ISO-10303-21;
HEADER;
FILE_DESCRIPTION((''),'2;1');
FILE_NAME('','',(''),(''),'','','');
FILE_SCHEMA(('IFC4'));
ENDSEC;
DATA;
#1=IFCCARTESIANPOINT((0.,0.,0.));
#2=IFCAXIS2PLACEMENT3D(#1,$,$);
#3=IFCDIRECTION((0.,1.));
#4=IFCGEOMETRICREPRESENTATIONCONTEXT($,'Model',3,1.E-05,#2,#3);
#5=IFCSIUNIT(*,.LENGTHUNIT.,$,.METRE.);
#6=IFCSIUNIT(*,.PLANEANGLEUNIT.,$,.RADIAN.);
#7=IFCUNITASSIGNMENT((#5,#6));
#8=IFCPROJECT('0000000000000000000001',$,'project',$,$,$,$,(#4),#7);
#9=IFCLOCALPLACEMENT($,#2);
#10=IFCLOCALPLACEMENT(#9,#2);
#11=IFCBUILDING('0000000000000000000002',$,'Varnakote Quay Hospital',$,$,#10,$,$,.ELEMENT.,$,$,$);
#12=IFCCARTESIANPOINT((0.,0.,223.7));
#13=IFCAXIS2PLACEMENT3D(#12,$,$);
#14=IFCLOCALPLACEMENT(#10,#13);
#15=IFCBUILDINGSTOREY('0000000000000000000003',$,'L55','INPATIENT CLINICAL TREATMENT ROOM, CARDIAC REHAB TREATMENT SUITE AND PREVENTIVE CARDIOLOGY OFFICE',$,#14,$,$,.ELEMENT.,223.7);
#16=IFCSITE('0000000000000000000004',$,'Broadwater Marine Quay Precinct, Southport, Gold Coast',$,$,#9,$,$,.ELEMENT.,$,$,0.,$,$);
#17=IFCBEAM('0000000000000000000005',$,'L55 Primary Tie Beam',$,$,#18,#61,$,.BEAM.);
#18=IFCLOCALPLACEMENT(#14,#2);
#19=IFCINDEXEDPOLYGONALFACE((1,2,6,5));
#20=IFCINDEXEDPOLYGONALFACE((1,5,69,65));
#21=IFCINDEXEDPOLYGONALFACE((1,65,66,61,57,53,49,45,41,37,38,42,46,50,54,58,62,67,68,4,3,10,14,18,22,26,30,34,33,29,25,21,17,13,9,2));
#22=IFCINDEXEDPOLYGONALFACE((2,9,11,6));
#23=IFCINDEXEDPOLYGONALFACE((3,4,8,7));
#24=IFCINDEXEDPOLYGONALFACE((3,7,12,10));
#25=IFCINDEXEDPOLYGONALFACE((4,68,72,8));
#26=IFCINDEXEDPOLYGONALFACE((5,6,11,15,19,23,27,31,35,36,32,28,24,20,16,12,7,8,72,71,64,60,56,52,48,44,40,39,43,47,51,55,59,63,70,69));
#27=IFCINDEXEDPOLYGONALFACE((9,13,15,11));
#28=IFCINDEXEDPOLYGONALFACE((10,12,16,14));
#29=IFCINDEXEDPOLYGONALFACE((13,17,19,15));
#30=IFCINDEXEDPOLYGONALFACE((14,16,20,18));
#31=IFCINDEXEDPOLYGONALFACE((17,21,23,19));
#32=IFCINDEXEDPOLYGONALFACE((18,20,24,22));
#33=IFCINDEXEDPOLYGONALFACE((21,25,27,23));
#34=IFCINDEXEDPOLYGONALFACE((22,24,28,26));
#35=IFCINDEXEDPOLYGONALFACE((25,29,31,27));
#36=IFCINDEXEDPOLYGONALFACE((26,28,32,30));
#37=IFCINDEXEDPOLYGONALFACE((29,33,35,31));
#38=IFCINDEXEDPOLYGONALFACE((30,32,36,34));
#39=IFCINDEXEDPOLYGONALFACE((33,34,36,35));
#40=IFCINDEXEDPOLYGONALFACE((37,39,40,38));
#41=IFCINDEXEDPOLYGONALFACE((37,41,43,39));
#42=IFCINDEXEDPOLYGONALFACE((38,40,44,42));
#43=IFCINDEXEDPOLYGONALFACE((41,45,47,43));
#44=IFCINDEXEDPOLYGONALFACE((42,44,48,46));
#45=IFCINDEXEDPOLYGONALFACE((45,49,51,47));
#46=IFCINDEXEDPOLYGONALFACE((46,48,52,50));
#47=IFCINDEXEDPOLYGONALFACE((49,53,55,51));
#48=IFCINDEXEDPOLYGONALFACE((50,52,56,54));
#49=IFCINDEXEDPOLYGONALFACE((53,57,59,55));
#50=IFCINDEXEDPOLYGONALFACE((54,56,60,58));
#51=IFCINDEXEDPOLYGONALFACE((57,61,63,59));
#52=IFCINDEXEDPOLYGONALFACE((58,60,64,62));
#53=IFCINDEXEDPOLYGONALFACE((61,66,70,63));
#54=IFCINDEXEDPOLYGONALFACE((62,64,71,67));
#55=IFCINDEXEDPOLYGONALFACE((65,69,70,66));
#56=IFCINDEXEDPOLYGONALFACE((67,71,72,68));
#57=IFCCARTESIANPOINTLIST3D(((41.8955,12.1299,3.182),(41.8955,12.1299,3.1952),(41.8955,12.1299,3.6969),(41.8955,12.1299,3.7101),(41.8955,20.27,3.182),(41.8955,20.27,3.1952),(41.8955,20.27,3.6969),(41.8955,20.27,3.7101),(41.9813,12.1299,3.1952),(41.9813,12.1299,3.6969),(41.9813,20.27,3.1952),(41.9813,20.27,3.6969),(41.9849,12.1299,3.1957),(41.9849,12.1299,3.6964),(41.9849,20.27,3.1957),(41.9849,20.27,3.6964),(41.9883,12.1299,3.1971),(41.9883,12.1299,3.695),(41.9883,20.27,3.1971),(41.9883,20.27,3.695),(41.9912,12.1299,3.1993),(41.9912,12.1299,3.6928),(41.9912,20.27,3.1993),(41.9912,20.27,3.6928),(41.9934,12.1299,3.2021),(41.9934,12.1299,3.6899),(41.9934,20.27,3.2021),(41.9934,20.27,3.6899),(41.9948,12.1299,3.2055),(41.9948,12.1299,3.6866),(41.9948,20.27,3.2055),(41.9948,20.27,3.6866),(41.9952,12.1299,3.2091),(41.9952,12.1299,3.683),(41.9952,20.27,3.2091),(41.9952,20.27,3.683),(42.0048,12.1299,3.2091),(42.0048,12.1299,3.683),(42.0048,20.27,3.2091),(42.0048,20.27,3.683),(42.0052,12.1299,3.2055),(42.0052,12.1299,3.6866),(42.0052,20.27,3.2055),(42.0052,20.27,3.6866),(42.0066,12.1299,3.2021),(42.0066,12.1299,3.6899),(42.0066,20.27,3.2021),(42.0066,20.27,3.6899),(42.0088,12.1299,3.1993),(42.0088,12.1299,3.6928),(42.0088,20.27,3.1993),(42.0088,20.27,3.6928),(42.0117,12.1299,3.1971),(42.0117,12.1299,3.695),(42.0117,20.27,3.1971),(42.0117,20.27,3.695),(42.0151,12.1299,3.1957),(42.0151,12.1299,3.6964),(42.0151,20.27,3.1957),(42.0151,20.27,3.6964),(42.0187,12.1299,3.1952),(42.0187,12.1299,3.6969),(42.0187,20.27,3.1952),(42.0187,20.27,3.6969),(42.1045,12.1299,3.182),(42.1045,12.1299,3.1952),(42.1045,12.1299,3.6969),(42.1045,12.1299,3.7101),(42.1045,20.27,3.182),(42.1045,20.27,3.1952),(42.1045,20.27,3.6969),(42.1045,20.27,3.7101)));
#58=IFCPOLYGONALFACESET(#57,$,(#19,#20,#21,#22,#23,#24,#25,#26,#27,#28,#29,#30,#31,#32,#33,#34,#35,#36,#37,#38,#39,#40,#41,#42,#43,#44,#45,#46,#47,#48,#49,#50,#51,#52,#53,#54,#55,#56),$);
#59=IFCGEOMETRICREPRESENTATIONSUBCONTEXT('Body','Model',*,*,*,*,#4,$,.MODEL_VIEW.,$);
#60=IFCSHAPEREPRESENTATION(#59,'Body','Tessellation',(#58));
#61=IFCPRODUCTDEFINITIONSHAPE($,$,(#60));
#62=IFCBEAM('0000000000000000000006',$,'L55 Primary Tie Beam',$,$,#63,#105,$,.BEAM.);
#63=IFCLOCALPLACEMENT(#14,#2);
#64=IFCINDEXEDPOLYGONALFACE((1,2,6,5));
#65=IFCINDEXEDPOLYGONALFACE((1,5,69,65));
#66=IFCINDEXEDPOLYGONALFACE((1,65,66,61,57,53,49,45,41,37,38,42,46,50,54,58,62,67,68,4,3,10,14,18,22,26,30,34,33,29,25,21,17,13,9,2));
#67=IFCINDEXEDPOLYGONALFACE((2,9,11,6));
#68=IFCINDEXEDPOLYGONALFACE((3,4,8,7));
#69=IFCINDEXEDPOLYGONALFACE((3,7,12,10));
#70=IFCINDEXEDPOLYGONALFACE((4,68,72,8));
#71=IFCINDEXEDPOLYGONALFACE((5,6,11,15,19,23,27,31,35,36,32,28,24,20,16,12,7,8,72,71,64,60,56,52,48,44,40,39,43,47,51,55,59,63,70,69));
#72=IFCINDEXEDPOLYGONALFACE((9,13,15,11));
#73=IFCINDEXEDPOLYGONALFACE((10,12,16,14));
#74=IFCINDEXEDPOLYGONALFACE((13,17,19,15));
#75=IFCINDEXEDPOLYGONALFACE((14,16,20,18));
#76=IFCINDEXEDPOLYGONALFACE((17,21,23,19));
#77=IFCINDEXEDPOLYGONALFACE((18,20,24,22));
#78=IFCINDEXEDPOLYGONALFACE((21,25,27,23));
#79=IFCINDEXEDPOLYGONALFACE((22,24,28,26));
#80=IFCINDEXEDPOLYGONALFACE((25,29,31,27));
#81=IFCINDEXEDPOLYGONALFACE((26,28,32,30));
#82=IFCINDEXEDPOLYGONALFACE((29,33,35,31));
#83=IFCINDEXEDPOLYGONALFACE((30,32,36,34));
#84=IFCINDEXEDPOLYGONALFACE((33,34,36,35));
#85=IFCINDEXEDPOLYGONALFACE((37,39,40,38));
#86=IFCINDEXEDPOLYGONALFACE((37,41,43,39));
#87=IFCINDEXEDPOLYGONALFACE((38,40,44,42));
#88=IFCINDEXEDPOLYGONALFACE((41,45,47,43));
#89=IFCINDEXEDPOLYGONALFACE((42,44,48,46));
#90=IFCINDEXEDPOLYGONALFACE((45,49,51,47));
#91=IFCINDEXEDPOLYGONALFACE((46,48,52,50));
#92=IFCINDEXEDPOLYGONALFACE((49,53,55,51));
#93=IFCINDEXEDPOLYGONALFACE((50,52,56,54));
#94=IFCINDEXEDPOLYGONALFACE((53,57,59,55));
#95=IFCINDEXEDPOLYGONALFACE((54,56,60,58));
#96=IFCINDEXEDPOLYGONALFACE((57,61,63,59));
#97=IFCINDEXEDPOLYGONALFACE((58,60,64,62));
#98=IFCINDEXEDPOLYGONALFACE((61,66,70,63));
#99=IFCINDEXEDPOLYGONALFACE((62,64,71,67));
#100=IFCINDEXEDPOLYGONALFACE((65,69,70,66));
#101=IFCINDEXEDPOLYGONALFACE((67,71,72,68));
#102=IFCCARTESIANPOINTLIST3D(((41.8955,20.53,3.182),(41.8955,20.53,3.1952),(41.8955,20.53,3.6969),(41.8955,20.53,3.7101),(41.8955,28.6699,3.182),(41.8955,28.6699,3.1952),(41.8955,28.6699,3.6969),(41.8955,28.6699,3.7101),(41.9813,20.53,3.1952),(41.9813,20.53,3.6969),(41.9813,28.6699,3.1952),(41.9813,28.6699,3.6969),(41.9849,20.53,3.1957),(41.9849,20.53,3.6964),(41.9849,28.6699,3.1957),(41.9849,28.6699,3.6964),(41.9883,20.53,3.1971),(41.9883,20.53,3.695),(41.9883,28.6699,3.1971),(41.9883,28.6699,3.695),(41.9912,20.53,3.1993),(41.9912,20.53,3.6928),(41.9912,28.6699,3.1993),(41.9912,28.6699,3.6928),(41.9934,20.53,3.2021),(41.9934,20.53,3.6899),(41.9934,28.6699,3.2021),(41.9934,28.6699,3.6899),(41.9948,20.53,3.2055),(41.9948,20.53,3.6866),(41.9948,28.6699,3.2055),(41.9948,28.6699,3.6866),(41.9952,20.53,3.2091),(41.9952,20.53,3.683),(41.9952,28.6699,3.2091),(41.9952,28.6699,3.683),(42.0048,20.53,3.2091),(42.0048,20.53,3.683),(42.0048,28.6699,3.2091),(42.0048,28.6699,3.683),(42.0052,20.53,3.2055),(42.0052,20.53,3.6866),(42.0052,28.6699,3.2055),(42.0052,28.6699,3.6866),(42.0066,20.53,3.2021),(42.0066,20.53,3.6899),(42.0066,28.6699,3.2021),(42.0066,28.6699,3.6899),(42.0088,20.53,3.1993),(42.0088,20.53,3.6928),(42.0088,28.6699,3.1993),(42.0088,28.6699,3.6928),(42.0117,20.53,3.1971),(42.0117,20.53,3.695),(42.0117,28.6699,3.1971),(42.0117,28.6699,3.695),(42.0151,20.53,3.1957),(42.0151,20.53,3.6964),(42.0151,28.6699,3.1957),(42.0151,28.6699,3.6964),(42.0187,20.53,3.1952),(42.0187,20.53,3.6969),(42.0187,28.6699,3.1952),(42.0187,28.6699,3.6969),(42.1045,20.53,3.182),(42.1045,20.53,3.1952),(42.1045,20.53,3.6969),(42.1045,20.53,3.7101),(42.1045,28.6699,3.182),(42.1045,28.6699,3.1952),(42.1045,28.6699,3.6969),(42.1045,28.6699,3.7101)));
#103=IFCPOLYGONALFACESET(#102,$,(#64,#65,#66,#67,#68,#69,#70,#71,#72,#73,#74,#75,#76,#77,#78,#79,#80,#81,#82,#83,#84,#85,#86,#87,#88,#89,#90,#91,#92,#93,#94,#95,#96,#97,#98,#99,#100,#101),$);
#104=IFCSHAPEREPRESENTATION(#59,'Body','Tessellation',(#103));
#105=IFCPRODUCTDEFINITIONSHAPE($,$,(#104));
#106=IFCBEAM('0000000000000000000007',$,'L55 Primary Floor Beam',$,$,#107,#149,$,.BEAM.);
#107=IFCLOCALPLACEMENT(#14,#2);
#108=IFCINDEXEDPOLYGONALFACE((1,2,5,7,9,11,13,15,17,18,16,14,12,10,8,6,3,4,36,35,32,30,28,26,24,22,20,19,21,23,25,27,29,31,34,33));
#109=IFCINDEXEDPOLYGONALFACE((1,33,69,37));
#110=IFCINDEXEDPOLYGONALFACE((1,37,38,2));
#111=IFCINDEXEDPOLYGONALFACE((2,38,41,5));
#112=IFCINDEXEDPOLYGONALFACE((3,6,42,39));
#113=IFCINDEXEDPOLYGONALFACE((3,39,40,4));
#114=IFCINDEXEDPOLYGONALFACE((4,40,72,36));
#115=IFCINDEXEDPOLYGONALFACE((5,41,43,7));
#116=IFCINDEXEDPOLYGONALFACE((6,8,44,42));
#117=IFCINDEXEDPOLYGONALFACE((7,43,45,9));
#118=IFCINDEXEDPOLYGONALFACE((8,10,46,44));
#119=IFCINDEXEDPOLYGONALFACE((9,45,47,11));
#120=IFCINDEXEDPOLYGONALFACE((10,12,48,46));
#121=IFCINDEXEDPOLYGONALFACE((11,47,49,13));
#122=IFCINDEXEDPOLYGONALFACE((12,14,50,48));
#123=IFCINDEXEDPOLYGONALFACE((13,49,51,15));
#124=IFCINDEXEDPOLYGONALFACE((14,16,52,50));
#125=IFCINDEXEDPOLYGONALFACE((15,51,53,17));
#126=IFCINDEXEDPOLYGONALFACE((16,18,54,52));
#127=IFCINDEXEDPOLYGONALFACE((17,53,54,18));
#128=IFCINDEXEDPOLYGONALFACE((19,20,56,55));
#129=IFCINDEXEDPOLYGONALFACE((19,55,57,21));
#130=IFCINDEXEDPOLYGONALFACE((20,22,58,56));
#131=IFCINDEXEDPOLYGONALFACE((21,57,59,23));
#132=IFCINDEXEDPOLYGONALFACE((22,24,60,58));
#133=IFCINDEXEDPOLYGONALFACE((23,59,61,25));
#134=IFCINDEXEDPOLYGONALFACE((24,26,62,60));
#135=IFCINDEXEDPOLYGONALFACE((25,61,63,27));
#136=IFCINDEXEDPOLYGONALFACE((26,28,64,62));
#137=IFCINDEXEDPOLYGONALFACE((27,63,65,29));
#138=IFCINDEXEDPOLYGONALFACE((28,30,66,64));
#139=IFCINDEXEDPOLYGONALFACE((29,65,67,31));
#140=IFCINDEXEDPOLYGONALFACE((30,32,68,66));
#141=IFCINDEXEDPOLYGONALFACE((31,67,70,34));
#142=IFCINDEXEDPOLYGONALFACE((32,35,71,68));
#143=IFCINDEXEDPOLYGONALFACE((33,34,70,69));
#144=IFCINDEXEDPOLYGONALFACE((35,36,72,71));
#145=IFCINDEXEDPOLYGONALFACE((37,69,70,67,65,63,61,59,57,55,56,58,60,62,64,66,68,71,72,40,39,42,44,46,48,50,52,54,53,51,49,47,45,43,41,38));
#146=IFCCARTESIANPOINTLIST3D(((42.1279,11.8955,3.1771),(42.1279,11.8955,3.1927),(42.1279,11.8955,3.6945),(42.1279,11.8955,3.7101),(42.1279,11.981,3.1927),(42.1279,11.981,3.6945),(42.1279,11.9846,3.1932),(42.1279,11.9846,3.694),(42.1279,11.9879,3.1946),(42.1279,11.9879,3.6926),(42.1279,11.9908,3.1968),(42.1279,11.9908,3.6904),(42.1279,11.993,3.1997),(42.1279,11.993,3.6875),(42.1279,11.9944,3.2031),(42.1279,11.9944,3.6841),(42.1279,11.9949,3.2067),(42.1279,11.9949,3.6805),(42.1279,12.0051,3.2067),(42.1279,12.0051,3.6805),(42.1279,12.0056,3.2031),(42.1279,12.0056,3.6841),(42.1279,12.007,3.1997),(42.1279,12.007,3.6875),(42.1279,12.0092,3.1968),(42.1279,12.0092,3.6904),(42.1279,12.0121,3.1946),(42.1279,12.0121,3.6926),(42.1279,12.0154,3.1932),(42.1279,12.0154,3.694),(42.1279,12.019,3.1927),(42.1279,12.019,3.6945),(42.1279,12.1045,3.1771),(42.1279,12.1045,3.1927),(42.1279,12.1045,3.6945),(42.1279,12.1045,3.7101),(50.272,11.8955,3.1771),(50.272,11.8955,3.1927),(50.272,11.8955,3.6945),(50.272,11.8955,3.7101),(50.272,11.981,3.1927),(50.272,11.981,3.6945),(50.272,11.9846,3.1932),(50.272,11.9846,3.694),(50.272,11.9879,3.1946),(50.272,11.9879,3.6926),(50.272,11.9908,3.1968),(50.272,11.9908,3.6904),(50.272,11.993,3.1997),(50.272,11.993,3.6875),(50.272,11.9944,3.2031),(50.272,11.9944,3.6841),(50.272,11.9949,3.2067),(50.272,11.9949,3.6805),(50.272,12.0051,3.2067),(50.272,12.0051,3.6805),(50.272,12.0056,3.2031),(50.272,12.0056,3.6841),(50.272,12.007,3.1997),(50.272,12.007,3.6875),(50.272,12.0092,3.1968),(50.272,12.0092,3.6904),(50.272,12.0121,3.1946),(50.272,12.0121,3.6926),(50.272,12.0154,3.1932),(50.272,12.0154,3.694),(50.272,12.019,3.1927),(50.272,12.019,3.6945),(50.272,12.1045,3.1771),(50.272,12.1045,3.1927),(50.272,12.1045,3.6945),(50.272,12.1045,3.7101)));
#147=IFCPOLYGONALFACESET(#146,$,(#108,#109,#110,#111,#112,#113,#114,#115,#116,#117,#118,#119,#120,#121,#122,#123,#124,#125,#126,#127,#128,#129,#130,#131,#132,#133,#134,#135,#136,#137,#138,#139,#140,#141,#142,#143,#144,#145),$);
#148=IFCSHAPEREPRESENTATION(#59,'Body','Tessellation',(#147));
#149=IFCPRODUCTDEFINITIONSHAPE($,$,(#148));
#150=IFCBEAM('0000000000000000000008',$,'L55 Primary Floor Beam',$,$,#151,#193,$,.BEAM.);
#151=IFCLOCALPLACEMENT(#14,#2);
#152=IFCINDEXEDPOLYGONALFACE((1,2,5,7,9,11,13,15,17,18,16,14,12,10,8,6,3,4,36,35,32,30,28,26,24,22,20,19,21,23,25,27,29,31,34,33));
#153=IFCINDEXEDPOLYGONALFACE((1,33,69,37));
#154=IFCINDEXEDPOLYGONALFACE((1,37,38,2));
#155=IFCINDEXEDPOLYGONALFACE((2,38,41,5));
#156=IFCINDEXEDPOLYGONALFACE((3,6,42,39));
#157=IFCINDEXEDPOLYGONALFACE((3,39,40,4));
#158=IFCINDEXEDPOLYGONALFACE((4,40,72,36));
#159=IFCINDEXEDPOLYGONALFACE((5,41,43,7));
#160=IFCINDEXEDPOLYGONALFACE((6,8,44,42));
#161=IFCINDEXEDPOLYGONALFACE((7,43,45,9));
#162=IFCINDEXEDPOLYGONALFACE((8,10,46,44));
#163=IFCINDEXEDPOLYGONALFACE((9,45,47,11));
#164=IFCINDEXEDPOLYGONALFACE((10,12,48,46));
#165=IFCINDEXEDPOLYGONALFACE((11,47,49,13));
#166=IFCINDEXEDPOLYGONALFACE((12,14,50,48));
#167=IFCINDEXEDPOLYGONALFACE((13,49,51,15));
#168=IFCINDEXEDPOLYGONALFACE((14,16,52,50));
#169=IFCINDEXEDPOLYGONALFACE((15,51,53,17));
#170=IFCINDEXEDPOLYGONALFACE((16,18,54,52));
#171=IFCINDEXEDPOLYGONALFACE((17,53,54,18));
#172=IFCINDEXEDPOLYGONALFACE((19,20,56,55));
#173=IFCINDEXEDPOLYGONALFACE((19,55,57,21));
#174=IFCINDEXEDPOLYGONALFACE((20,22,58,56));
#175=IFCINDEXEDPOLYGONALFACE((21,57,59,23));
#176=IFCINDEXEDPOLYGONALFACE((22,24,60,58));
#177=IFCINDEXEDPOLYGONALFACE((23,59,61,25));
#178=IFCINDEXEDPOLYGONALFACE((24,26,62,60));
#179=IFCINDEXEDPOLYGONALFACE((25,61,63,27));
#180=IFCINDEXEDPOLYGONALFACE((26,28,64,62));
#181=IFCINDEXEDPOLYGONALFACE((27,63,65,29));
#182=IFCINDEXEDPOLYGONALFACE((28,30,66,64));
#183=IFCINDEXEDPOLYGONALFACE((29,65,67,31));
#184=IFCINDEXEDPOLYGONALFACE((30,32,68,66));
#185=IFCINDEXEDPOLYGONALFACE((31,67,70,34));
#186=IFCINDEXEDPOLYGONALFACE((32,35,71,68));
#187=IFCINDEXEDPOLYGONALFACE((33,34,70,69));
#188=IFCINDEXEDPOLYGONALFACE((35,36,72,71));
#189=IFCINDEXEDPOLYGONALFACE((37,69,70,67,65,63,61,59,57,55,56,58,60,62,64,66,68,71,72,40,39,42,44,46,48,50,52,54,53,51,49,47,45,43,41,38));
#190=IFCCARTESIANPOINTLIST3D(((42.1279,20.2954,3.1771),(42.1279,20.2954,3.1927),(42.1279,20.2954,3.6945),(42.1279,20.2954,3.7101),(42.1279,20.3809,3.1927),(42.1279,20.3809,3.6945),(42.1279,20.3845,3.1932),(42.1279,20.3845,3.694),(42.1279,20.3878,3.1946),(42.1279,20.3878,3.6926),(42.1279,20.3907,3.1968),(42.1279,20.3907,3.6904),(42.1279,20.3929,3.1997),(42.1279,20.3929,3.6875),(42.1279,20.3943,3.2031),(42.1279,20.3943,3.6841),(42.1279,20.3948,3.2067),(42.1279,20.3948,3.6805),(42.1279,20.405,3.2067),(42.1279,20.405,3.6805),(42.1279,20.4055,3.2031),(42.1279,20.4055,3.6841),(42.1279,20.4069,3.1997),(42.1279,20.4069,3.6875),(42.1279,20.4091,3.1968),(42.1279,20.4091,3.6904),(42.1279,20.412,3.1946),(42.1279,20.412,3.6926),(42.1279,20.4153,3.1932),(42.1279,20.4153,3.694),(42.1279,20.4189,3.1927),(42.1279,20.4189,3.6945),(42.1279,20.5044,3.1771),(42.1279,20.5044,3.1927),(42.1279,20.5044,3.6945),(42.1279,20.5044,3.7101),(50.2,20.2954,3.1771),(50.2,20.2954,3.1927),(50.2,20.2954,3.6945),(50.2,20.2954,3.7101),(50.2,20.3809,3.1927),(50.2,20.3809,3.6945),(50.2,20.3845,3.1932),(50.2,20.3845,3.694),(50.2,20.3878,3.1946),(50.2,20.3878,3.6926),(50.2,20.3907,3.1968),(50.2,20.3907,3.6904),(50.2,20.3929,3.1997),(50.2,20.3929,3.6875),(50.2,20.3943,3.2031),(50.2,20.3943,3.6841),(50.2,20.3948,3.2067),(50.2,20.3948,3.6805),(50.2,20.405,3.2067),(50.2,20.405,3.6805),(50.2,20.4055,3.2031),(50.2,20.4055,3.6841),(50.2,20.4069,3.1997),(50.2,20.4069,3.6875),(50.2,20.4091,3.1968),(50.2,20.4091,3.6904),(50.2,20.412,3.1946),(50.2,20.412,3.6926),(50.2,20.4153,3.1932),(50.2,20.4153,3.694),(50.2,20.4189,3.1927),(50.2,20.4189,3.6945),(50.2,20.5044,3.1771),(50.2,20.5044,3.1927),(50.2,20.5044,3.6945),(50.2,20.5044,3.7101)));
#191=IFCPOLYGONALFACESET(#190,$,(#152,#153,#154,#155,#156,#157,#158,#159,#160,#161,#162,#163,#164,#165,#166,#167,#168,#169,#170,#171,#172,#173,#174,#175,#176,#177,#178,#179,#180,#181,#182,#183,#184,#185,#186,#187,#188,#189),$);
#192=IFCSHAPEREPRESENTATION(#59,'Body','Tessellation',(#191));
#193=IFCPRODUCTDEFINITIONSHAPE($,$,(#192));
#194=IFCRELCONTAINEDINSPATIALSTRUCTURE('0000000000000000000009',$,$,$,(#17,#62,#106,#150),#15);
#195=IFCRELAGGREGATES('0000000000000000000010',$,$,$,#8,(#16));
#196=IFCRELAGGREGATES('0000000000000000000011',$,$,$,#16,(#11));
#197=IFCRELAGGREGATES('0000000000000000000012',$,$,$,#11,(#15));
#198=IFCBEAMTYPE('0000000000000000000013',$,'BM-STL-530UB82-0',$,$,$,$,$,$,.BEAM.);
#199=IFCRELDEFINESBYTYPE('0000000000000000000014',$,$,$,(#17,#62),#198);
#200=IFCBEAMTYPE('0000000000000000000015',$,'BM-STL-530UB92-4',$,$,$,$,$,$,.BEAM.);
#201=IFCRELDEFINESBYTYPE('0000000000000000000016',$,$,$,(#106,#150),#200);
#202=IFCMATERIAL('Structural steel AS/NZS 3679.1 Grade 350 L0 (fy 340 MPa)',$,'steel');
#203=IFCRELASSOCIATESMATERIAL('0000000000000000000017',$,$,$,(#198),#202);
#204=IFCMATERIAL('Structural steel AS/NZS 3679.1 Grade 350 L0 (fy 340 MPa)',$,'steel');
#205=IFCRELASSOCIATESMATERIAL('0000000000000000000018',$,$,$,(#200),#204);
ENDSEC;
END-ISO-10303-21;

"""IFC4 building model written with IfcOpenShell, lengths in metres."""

from ifc_helpers import new_model, si_unit, direction, frame, origin, origin_2d, place, context, subcontext, project, spatial, i_section, extrude, material, material_profile, profile_set, type_object, element, save


model = new_model("IFC4")

# Units and contexts
model_context = context("Model", 3, precision=1e-05, world=origin(), true_north=direction((0.0, 1.0)))
body_context = subcontext(model_context, "Body", "Model", "MODEL_VIEW")
ifc_project = project(units=[si_unit("LENGTHUNIT", "METRE"), si_unit("PLANEANGLEUNIT", "RADIAN")], contexts=[model_context])

# Site, building, storey
site_placement = place(None, origin())
site = spatial("IfcSite", under=ifc_project, at=site_placement, Name="Broadwater Marine Quay Precinct, Southport, Gold Coast", CompositionType="ELEMENT", RefElevation=0.0)
building_placement = place(site_placement, origin())
building = spatial("IfcBuilding", under=site, at=building_placement, Name="Varnakote Quay Hospital", CompositionType="ELEMENT")
storey_placement = place(building_placement, frame((0.0, 0.0, 223.7)))
storey = spatial("IfcBuildingStorey", under=building, at=storey_placement, Name="L55", Description="INPATIENT CLINICAL TREATMENT ROOM, CARDIAC REHAB TREATMENT SUITE AND PREVENTIVE CARDIOLOGY OFFICE", CompositionType="ELEMENT", Elevation=223.7)

# Beams
ifc_material_1 = material(Name="Structural steel AS/NZS 3679.1 Grade 350 L0 (fy 340 MPa)", Category="steel")
ifc_material_profile_1 = material_profile(ifc_material_1, i_section(OverallWidth=0.209, OverallDepth=0.5281, WebThickness=0.0095, FlangeThickness=0.0132, FilletRadius=0.0139, at=origin_2d()), Name="530UB82.0")
ifc_profile_set_1 = profile_set([ifc_material_profile_1], Name="Structural steel AS/NZS 3679.1 Grade 350 L0 (fy 340 MPa)")
beam_type_1 = type_object("IfcBeamType", Name="BM-STL-530UB82-0", PredefinedType="BEAM", material=ifc_profile_set_1)
beam_1_placement = place(storey_placement, frame((42.0, 12.1299, 3.446), z_axis=(0.0, 1.0, 0.0), x_axis=(-1.0, 0.0, 0.0)))
element("IfcBeam", 1, at=beam_1_placement, inside=storey, type_object=beam_type_1, Name="L55 Primary Tie Beam", PredefinedType="BEAM", context=body_context, shape_type="SweptSolid", body=[
    extrude(i_section(OverallWidth=0.209, OverallDepth=0.5281, WebThickness=0.0095, FlangeThickness=0.0132, FilletRadius=0.0139, at=origin_2d()), origin(), (0.0, 0.0, 1.0), 8.1401),
])
beam_2_placement = place(storey_placement, frame((42.0, 20.53, 3.446), z_axis=(0.0, 1.0, 0.0), x_axis=(-1.0, 0.0, 0.0)))
element("IfcBeam", 2, at=beam_2_placement, inside=storey, type_object=beam_type_1, Name="L55 Primary Tie Beam", PredefinedType="BEAM", context=body_context, shape_type="SweptSolid", body=[
    extrude(i_section(OverallWidth=0.209, OverallDepth=0.5281, WebThickness=0.0095, FlangeThickness=0.0132, FilletRadius=0.0139, at=origin_2d()), origin(), (0.0, 0.0, 1.0), 8.1399),
])
ifc_material_2 = material(Name="Structural steel AS/NZS 3679.1 Grade 350 L0 (fy 340 MPa)", Category="steel")
ifc_material_profile_2 = material_profile(ifc_material_2, i_section(OverallWidth=0.209, OverallDepth=0.533, WebThickness=0.0103, FlangeThickness=0.0156, FilletRadius=0.0139, at=origin_2d()), Name="530UB92.4")
ifc_profile_set_2 = profile_set([ifc_material_profile_2], Name="Structural steel AS/NZS 3679.1 Grade 350 L0 (fy 340 MPa)")
beam_type_2 = type_object("IfcBeamType", Name="BM-STL-530UB92-4", PredefinedType="BEAM", material=ifc_profile_set_2)
beam_3_placement = place(storey_placement, frame((42.1279, 12.0, 3.4436), z_axis=(1.0, 0.0, 0.0), x_axis=(0.0, 1.0, 0.0)))
element("IfcBeam", 3, at=beam_3_placement, inside=storey, type_object=beam_type_2, Name="L55 Primary Floor Beam", PredefinedType="BEAM", context=body_context, shape_type="SweptSolid", body=[
    extrude(i_section(OverallWidth=0.209, OverallDepth=0.533, WebThickness=0.0103, FlangeThickness=0.0156, FilletRadius=0.0139, at=origin_2d()), origin(), (0.0, 0.0, 1.0), 8.144),
])
beam_4_placement = place(storey_placement, frame((42.1279, 20.3999, 3.4436), z_axis=(1.0, 0.0, 0.0), x_axis=(0.0, 1.0, 0.0)))
element("IfcBeam", 4, at=beam_4_placement, inside=storey, type_object=beam_type_2, Name="L55 Primary Floor Beam", PredefinedType="BEAM", context=body_context, shape_type="SweptSolid", body=[
    extrude(i_section(OverallWidth=0.209, OverallDepth=0.533, WebThickness=0.0103, FlangeThickness=0.0156, FilletRadius=0.0139, at=origin_2d()), origin(), (0.0, 0.0, 1.0), 8.072),
])

save(model, "model.ifc")
